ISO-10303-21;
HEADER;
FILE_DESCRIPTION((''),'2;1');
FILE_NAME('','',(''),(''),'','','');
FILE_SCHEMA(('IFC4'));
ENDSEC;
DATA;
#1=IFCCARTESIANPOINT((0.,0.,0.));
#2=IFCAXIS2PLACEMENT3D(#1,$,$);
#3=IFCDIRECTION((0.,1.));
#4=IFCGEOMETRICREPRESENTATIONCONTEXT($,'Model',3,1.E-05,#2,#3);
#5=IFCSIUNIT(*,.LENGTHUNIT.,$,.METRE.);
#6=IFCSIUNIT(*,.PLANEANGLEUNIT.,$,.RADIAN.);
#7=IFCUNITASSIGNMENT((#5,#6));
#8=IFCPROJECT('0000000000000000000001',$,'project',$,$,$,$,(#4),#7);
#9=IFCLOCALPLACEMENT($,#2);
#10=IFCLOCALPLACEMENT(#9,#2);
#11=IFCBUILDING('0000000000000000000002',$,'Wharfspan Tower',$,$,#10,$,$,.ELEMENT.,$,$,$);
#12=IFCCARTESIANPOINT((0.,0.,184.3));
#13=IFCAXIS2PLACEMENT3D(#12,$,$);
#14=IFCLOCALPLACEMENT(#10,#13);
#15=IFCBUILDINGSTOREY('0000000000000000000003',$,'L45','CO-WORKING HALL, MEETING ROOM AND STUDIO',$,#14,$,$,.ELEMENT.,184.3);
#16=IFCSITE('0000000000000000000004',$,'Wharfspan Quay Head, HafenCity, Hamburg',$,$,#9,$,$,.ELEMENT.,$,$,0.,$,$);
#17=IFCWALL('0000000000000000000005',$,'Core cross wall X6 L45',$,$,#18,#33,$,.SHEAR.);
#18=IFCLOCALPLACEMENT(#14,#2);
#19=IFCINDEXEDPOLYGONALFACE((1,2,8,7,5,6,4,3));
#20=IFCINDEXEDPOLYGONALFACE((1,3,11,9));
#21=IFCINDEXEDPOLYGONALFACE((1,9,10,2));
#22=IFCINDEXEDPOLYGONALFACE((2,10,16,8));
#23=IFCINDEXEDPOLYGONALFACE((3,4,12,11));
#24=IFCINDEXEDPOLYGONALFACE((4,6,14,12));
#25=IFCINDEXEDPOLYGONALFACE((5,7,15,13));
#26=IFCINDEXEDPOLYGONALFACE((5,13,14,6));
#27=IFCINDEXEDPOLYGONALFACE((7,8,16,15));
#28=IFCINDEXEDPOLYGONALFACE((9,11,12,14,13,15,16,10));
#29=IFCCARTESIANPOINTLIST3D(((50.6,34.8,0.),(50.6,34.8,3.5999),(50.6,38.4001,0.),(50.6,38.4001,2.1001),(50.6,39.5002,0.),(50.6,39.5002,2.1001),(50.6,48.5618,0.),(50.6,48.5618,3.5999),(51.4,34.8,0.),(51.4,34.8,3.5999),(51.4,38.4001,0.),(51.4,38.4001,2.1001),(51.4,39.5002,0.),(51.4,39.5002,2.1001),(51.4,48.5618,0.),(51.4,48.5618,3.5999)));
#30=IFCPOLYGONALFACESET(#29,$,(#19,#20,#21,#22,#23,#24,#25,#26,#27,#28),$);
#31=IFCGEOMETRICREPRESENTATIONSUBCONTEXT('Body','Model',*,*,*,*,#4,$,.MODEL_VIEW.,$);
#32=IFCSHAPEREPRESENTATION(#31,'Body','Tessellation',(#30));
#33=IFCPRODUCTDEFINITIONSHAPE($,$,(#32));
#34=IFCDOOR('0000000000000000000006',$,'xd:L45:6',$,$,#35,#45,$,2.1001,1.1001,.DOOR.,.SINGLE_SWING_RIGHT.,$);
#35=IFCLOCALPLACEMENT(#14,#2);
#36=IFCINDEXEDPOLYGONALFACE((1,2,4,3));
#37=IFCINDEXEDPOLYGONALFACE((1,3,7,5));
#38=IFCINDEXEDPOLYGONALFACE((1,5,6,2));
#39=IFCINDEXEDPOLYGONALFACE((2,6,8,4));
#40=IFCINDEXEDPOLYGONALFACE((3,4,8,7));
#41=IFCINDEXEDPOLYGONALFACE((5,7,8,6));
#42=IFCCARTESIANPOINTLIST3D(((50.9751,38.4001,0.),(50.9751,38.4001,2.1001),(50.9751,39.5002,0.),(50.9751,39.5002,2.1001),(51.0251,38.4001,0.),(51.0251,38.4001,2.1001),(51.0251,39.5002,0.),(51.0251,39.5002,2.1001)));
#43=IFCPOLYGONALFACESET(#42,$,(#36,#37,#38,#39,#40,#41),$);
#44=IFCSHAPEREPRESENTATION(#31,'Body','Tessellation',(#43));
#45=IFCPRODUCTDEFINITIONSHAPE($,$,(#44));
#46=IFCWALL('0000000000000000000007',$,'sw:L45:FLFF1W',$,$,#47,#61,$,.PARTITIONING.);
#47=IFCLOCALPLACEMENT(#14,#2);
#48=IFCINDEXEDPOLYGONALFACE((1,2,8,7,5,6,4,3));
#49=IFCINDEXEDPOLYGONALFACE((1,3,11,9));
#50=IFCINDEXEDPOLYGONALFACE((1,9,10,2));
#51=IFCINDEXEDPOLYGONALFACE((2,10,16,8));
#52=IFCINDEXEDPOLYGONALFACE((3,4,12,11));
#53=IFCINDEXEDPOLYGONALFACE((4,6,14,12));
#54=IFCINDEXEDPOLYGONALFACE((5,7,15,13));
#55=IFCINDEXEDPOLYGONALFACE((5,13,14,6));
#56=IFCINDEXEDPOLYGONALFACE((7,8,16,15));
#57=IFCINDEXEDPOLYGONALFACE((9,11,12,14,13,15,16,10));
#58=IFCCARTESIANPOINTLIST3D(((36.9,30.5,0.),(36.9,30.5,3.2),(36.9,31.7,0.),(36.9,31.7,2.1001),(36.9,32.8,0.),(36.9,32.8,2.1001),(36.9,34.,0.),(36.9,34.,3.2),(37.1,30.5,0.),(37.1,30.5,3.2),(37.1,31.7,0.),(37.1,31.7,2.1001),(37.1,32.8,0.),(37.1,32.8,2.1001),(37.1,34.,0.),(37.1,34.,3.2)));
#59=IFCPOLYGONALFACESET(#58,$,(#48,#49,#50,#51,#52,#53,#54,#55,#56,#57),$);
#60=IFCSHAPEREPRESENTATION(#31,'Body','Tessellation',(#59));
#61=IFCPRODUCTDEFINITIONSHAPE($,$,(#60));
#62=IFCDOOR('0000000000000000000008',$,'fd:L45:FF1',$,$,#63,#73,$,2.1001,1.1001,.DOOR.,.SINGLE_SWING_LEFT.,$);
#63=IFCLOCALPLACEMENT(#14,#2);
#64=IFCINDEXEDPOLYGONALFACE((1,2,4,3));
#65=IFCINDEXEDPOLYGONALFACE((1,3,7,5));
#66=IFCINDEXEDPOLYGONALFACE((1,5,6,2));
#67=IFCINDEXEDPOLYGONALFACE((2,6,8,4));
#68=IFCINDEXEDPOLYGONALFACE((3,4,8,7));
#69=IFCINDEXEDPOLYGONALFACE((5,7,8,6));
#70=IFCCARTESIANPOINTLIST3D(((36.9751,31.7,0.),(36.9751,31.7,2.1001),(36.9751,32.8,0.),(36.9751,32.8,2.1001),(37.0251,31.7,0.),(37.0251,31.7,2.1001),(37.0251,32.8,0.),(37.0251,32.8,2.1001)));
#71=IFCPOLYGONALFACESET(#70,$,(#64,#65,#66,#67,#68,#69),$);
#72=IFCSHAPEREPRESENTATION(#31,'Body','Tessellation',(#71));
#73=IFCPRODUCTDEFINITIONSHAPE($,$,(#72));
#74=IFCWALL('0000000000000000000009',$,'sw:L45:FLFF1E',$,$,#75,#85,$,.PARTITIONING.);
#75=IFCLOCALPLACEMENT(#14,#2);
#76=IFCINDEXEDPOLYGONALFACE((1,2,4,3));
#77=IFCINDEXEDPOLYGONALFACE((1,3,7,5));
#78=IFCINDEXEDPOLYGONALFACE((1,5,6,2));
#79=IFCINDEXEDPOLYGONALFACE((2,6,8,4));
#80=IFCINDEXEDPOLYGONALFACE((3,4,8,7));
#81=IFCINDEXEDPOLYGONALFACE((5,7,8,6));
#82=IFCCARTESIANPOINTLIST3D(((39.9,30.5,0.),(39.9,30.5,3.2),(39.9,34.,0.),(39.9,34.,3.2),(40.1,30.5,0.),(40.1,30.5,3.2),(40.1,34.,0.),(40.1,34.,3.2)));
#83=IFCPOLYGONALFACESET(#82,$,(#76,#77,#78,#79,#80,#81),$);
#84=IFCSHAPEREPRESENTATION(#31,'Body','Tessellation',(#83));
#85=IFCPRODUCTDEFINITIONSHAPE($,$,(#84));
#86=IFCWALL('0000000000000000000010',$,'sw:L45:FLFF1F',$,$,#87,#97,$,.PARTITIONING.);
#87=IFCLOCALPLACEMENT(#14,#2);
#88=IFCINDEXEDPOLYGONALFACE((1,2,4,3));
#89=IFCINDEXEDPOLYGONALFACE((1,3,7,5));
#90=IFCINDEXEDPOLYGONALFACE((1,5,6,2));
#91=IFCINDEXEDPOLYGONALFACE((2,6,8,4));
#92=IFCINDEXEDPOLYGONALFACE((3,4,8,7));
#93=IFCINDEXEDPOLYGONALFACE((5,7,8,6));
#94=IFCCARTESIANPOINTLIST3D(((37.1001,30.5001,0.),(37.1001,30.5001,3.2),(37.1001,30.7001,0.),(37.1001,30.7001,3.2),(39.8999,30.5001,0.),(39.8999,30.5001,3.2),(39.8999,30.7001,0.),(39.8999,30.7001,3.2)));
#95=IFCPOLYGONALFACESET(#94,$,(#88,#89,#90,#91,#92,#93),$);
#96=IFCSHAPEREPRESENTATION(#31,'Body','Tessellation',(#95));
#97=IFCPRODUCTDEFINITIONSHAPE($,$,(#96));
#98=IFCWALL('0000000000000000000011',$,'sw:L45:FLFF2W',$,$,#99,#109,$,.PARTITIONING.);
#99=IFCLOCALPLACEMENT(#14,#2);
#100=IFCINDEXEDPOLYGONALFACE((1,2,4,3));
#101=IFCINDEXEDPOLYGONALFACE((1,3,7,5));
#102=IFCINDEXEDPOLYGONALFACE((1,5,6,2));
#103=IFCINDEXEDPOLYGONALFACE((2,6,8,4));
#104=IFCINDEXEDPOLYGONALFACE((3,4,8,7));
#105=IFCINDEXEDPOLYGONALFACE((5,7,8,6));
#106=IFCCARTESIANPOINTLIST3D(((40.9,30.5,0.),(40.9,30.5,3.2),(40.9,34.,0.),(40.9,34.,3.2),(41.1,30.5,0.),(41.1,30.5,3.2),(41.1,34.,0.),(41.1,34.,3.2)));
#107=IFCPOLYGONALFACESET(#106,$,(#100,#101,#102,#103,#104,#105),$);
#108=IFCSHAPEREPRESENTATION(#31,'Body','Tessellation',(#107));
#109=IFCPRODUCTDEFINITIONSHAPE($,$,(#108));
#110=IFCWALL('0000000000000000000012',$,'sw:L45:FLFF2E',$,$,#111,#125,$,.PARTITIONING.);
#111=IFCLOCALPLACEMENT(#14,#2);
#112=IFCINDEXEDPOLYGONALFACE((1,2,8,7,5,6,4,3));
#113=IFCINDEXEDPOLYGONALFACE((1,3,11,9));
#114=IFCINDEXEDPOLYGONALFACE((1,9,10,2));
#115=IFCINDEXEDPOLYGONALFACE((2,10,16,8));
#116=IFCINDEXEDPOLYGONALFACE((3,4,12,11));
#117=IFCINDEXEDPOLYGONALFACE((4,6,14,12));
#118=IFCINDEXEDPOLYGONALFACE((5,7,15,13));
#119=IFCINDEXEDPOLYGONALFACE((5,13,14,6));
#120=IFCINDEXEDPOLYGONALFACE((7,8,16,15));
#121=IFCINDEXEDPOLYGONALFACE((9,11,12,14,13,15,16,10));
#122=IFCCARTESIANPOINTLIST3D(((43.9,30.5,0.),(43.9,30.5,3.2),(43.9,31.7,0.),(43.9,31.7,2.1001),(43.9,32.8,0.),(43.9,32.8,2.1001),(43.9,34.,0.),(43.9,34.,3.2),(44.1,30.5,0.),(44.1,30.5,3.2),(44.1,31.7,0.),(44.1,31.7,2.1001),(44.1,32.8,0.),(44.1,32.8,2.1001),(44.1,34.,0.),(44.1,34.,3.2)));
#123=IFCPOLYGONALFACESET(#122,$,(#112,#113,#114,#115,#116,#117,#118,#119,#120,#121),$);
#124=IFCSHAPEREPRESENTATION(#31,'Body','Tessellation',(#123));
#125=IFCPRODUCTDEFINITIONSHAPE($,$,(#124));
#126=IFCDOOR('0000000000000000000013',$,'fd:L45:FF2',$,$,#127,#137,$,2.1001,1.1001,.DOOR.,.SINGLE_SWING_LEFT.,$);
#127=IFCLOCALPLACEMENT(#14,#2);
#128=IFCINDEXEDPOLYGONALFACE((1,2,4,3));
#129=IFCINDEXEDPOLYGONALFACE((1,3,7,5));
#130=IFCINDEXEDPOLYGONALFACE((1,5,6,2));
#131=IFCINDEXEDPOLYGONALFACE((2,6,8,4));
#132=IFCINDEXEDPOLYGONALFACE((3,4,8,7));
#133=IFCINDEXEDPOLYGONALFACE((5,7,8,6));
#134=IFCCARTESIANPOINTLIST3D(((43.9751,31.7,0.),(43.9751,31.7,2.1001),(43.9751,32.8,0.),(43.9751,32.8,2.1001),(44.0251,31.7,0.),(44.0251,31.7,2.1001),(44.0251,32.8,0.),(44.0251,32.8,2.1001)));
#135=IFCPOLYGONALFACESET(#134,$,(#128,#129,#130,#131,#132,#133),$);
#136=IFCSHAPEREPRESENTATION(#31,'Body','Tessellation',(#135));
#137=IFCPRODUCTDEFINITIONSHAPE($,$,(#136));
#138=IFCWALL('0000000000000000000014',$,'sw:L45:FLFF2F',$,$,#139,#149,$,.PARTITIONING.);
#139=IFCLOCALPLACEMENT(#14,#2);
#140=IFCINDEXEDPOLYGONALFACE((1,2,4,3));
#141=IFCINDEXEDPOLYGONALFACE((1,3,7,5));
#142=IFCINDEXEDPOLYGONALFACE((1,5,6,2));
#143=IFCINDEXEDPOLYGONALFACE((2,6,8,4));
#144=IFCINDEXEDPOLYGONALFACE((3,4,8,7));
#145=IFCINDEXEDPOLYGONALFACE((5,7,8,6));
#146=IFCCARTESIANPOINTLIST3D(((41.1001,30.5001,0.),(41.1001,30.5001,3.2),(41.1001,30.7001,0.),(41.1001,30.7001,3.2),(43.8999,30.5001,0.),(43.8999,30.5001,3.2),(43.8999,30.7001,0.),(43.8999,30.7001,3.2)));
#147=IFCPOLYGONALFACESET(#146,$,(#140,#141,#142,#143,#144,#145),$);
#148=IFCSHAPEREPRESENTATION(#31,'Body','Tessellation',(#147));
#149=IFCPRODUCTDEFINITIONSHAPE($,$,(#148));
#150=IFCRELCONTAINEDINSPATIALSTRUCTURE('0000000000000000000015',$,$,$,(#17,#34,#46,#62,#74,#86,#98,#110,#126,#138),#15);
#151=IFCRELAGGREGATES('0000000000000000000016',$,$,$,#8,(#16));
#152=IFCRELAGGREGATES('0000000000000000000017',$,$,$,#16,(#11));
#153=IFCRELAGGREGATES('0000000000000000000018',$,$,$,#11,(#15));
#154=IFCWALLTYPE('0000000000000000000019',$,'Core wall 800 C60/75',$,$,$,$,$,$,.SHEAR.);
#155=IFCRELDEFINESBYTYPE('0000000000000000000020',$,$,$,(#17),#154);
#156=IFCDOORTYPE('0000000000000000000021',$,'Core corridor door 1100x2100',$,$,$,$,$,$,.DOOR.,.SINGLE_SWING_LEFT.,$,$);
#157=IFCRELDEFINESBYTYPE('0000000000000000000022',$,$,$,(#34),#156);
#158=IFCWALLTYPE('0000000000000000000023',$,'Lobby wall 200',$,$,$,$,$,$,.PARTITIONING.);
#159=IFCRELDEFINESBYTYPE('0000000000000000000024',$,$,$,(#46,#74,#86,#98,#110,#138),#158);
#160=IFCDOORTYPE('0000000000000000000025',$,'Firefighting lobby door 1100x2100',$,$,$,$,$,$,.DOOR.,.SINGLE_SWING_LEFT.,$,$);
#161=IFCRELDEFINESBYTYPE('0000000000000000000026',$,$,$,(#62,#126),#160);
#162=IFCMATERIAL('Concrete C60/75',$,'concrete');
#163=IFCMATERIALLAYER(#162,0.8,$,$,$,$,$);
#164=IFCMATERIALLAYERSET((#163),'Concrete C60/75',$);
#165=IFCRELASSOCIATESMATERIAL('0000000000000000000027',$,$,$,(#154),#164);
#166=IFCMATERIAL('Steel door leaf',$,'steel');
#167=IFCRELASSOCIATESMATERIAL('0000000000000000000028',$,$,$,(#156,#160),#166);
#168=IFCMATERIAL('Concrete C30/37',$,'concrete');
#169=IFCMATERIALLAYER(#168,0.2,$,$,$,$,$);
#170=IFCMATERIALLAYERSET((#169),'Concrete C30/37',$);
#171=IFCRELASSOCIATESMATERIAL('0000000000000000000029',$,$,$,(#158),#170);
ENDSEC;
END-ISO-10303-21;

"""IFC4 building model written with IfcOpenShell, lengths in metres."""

from ifc_helpers import new_model, si_unit, direction, frame, frame_2d, origin, place, context, subcontext, project, spatial, rectangle, extrude, material, layer, layer_set, type_object, element, fill, save


model = new_model("IFC4")

# Units and contexts
model_context = context("Model", 3, precision=1e-05, world=origin(), true_north=direction((0.0, 1.0)))
body_context = subcontext(model_context, "Body", "Model", "MODEL_VIEW")
ifc_project = project(units=[si_unit("LENGTHUNIT", "METRE"), si_unit("PLANEANGLEUNIT", "RADIAN")], contexts=[model_context])

# Site, building, storey
site_placement = place(None, origin())
site = spatial("IfcSite", under=ifc_project, at=site_placement, Name="Wharfspan Quay Head, HafenCity, Hamburg", CompositionType="ELEMENT", RefElevation=0.0)
building_placement = place(site_placement, origin())
building = spatial("IfcBuilding", under=site, at=building_placement, Name="Wharfspan Tower", CompositionType="ELEMENT")
storey_placement = place(building_placement, frame((0.0, 0.0, 184.3)))
storey = spatial("IfcBuildingStorey", under=building, at=storey_placement, Name="L45", Description="CO-WORKING HALL, MEETING ROOM AND STUDIO", CompositionType="ELEMENT", Elevation=184.3)

# Shared definitions
ifc_material_1 = material(Name="Concrete C60/75", Category="concrete")
ifc_layer_1 = layer(ifc_material_1, 0.8)
ifc_layer_set_1 = layer_set([ifc_layer_1], Name="Concrete C60/75")
wall_type_1 = type_object("IfcWallType", Name="Core wall 800 C60/75", PredefinedType="SHEAR", material=ifc_layer_set_1)
ifc_material_2 = material(Name="Steel door leaf", Category="steel")
door_type_1 = type_object("IfcDoorType", Name="Core corridor door 1100x2100", OperationType="SINGLE_SWING_LEFT", PredefinedType="DOOR", material=ifc_material_2)

# Walls, openings, doors
wall_1_placement = place(storey_placement, frame((51.0, 34.8, 0.0), z_axis=(0.0, 0.0, 1.0), x_axis=(0.0, 1.0, 0.0)))
wall_1 = element("IfcWall", 1, at=wall_1_placement, inside=storey, type_object=wall_type_1, Name="Core cross wall X6 L45", PredefinedType="SHEAR", context=body_context, shape_type="SweptSolid", body=[
    extrude(rectangle(XDim=13.7617, YDim=0.8, at=frame_2d((6.8809, 0.0))), origin(), (0.0, 0.0, 1.0), 3.5999),
])
opening_1_placement = place(wall_1_placement, frame((3.6001, 0.0, 0.0)))
opening_1 = element("IfcOpeningElement", 2, at=opening_1_placement, cuts=wall_1, PredefinedType="OPENING", context=body_context, shape_type="SweptSolid", body=[
    extrude(rectangle(XDim=1.1001, YDim=2.1001, at=frame_2d((0.55, 1.05))), frame((0.0, 0.4099, 0.0), z_axis=(0.0, -1.0, 0.0), x_axis=(1.0, 0.0, 0.0)), (0.0, 0.0, 1.0), 0.8201),
])
door_1_placement = place(opening_1_placement, origin())
door_1 = element("IfcDoor", 3, at=door_1_placement, inside=storey, type_object=door_type_1, Name="xd:L45:6", OperationType="SINGLE_SWING_RIGHT", OverallHeight=2.1001, OverallWidth=1.1001, PredefinedType="DOOR", context=body_context, shape_type="SweptSolid", body=[
    extrude(rectangle(XDim=1.1001, YDim=2.1001, at=frame_2d((0.55, 1.05))), frame((0.0, 0.0249, 0.0), z_axis=(0.0, -1.0, 0.0), x_axis=(1.0, 0.0, 0.0)), (0.0, 0.0, 1.0), 0.05),
])
fill(opening_1, door_1)
ifc_material_3 = material(Name="Concrete C30/37", Category="concrete")
ifc_layer_2 = layer(ifc_material_3, 0.2)
ifc_layer_set_2 = layer_set([ifc_layer_2], Name="Concrete C30/37")
wall_type_2 = type_object("IfcWallType", Name="Lobby wall 200", PredefinedType="PARTITIONING", material=ifc_layer_set_2)
wall_2_placement = place(storey_placement, frame((37.0, 30.5, 0.0), z_axis=(0.0, 0.0, 1.0), x_axis=(0.0, 1.0, 0.0)))
wall_2 = element("IfcWall", 4, at=wall_2_placement, inside=storey, type_object=wall_type_2, Name="sw:L45:FLFF1W", PredefinedType="PARTITIONING", context=body_context, shape_type="SweptSolid", body=[
    extrude(rectangle(XDim=3.5, YDim=0.2, at=frame_2d((1.75, 0.0))), origin(), (0.0, 0.0, 1.0), 3.2),
])
opening_2_placement = place(wall_2_placement, frame((1.2, 0.0, 0.0)))
opening_2 = element("IfcOpeningElement", 5, at=opening_2_placement, cuts=wall_2, PredefinedType="OPENING", context=body_context, shape_type="SweptSolid", body=[
    extrude(rectangle(XDim=1.1001, YDim=2.1001, at=frame_2d((0.55, 1.05))), frame((0.0, 0.1099, 0.0), z_axis=(0.0, -1.0, 0.0), x_axis=(1.0, 0.0, 0.0)), (0.0, 0.0, 1.0), 0.22),
])
door_type_2 = type_object("IfcDoorType", Name="Firefighting lobby door 1100x2100", OperationType="SINGLE_SWING_LEFT", PredefinedType="DOOR", material=ifc_material_2)
door_2_placement = place(opening_2_placement, origin())
door_2 = element("IfcDoor", 6, at=door_2_placement, inside=storey, type_object=door_type_2, Name="fd:L45:FF1", OperationType="SINGLE_SWING_LEFT", OverallHeight=2.1001, OverallWidth=1.1001, PredefinedType="DOOR", context=body_context, shape_type="SweptSolid", body=[
    extrude(rectangle(XDim=1.1001, YDim=2.1001, at=frame_2d((0.55, 1.05))), frame((0.0, 0.0249, 0.0), z_axis=(0.0, -1.0, 0.0), x_axis=(1.0, 0.0, 0.0)), (0.0, 0.0, 1.0), 0.05),
])
fill(opening_2, door_2)

# Walls
wall_3_placement = place(storey_placement, frame((40.0, 30.5, 0.0), z_axis=(0.0, 0.0, 1.0), x_axis=(0.0, 1.0, 0.0)))
element("IfcWall", 7, at=wall_3_placement, inside=storey, type_object=wall_type_2, Name="sw:L45:FLFF1E", PredefinedType="PARTITIONING", context=body_context, shape_type="SweptSolid", body=[
    extrude(rectangle(XDim=3.5, YDim=0.2, at=frame_2d((1.75, 0.0))), origin(), (0.0, 0.0, 1.0), 3.2),
])
wall_4_placement = place(storey_placement, frame((37.1001, 30.6001, 0.0), z_axis=(0.0, 0.0, 1.0), x_axis=(1.0, 0.0, 0.0)))
element("IfcWall", 8, at=wall_4_placement, inside=storey, type_object=wall_type_2, Name="sw:L45:FLFF1F", PredefinedType="PARTITIONING", context=body_context, shape_type="SweptSolid", body=[
    extrude(rectangle(XDim=2.7998, YDim=0.2, at=frame_2d((1.3999, 0.0))), origin(), (0.0, 0.0, 1.0), 3.2),
])
wall_5_placement = place(storey_placement, frame((41.0, 30.5, 0.0), z_axis=(0.0, 0.0, 1.0), x_axis=(0.0, 1.0, 0.0)))
element("IfcWall", 9, at=wall_5_placement, inside=storey, type_object=wall_type_2, Name="sw:L45:FLFF2W", PredefinedType="PARTITIONING", context=body_context, shape_type="SweptSolid", body=[
    extrude(rectangle(XDim=3.5, YDim=0.2, at=frame_2d((1.75, 0.0))), origin(), (0.0, 0.0, 1.0), 3.2),
])

# Wall, opening, door
wall_6_placement = place(storey_placement, frame((44.0, 30.5, 0.0), z_axis=(0.0, 0.0, 1.0), x_axis=(0.0, 1.0, 0.0)))
wall_6 = element("IfcWall", 10, at=wall_6_placement, inside=storey, type_object=wall_type_2, Name="sw:L45:FLFF2E", PredefinedType="PARTITIONING", context=body_context, shape_type="SweptSolid", body=[
    extrude(rectangle(XDim=3.5, YDim=0.2, at=frame_2d((1.75, 0.0))), origin(), (0.0, 0.0, 1.0), 3.2),
])
opening_3_placement = place(wall_6_placement, frame((1.2, 0.0, 0.0)))
opening_3 = element("IfcOpeningElement", 11, at=opening_3_placement, cuts=wall_6, PredefinedType="OPENING", context=body_context, shape_type="SweptSolid", body=[
    extrude(rectangle(XDim=1.1001, YDim=2.1001, at=frame_2d((0.55, 1.05))), frame((0.0, 0.1099, 0.0), z_axis=(0.0, -1.0, 0.0), x_axis=(1.0, 0.0, 0.0)), (0.0, 0.0, 1.0), 0.22),
])
door_3_placement = place(opening_3_placement, origin())
door_3 = element("IfcDoor", 12, at=door_3_placement, inside=storey, type_object=door_type_2, Name="fd:L45:FF2", OperationType="SINGLE_SWING_LEFT", OverallHeight=2.1001, OverallWidth=1.1001, PredefinedType="DOOR", context=body_context, shape_type="SweptSolid", body=[
    extrude(rectangle(XDim=1.1001, YDim=2.1001, at=frame_2d((0.55, 1.05))), frame((0.0, 0.0249, 0.0), z_axis=(0.0, -1.0, 0.0), x_axis=(1.0, 0.0, 0.0)), (0.0, 0.0, 1.0), 0.05),
])
fill(opening_3, door_3)

# Wall
wall_7_placement = place(storey_placement, frame((41.1001, 30.6001, 0.0), z_axis=(0.0, 0.0, 1.0), x_axis=(1.0, 0.0, 0.0)))
element("IfcWall", 13, at=wall_7_placement, inside=storey, type_object=wall_type_2, Name="sw:L45:FLFF2F", PredefinedType="PARTITIONING", context=body_context, shape_type="SweptSolid", body=[
    extrude(rectangle(XDim=2.7998, YDim=0.2, at=frame_2d((1.3999, 0.0))), origin(), (0.0, 0.0, 1.0), 3.2),
])

save(model, "model.ifc")
